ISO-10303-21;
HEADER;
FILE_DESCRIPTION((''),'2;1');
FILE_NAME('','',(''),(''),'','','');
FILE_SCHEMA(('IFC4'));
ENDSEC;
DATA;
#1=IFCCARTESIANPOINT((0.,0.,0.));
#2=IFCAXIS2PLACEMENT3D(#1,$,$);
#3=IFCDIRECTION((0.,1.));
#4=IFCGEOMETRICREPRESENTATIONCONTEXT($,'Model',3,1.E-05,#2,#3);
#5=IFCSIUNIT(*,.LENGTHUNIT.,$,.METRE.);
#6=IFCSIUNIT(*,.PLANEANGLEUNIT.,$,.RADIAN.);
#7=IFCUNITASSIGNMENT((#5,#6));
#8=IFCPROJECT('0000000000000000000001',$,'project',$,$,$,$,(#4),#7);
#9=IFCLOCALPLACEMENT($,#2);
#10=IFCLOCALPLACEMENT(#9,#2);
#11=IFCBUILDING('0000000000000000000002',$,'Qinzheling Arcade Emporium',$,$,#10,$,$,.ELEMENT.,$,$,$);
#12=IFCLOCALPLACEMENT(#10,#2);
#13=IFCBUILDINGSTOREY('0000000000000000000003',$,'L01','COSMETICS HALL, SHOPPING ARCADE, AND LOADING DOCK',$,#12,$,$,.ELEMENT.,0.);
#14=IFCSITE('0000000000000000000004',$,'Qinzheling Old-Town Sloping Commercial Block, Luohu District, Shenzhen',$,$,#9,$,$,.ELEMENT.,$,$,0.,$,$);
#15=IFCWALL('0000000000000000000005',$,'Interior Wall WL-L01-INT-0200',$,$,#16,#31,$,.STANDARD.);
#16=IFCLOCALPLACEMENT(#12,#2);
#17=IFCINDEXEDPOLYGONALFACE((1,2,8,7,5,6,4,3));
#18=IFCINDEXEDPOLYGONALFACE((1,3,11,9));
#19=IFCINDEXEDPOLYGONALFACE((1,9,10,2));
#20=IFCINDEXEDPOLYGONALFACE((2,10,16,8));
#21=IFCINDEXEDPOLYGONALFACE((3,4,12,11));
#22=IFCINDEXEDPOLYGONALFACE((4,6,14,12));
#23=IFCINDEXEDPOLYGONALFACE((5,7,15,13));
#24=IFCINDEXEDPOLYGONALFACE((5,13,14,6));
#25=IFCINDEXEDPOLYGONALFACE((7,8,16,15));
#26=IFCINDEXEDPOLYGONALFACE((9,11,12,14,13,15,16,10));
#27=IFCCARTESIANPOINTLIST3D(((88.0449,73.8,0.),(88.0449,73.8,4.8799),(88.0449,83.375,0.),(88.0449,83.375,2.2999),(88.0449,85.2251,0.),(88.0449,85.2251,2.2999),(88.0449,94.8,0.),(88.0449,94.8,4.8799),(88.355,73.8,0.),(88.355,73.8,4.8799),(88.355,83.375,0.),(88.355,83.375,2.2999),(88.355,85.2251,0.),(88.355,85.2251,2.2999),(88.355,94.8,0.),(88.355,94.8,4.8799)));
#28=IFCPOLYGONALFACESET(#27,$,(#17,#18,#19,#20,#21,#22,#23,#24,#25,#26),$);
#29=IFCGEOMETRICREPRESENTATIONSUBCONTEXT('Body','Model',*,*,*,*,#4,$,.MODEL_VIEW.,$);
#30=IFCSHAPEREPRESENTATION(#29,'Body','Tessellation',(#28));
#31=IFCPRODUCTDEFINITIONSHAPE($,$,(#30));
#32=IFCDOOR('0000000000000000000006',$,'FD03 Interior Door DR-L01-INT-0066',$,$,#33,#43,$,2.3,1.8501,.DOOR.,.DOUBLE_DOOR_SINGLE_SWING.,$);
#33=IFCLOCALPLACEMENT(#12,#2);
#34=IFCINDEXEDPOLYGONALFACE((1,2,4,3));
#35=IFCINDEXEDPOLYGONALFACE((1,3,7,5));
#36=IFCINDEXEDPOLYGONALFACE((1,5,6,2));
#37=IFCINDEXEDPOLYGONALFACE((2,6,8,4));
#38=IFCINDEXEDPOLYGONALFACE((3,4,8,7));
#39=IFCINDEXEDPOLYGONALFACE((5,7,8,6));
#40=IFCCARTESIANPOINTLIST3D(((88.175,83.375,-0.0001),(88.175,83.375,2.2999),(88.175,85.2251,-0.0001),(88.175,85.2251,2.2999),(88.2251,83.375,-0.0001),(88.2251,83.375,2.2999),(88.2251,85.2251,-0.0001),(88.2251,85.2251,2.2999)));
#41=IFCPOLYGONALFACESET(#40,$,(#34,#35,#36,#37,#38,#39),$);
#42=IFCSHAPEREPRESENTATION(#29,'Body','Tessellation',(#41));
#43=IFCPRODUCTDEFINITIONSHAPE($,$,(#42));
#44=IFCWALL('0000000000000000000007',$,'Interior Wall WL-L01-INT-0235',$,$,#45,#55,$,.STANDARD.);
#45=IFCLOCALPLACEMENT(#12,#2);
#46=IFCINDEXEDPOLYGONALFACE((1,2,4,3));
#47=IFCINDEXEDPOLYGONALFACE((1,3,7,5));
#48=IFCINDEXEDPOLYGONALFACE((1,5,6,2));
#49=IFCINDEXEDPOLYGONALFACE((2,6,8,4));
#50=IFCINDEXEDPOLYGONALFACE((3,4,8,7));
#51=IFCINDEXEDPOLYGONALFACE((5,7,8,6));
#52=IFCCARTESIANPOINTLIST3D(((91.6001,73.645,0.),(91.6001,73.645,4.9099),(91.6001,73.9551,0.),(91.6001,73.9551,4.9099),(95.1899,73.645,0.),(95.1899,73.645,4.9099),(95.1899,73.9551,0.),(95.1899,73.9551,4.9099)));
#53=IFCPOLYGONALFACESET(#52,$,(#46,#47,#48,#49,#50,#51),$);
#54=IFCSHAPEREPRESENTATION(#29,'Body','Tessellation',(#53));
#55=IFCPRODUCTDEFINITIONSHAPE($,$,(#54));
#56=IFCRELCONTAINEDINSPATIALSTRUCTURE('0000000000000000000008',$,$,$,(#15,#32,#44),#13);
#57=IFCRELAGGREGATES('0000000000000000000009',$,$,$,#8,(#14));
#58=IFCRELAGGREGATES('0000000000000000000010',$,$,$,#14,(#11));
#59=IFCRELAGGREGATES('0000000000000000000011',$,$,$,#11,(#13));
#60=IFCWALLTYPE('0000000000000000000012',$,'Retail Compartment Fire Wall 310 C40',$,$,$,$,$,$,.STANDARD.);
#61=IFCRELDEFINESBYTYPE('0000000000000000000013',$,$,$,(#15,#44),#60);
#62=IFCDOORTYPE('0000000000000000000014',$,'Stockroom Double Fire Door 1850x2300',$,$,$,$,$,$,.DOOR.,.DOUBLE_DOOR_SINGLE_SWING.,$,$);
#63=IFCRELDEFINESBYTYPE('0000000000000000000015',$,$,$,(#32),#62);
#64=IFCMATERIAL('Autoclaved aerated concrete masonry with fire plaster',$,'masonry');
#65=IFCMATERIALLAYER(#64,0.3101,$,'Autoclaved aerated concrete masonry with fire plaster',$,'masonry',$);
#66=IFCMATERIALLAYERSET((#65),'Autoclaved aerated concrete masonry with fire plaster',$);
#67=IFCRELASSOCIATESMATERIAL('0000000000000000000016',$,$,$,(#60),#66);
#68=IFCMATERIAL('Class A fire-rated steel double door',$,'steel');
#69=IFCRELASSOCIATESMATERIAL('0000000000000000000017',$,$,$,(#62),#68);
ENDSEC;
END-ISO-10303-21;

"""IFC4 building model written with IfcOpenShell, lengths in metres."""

from ifc_helpers import new_model, si_unit, direction, frame, frame_2d, origin, place, context, subcontext, project, spatial, rectangle, extrude, material, layer, layer_set, type_object, element, fill, save


model = new_model("IFC4")

# Units and contexts
model_context = context("Model", 3, precision=1e-05, world=origin(), true_north=direction((0.0, 1.0)))
body_context = subcontext(model_context, "Body", "Model", "MODEL_VIEW")
ifc_project = project(units=[si_unit("LENGTHUNIT", "METRE"), si_unit("PLANEANGLEUNIT", "RADIAN")], contexts=[model_context])

# Site, building, storey
site_placement = place(None, origin())
site = spatial("IfcSite", under=ifc_project, at=site_placement, Name="Qinzheling Old-Town Sloping Commercial Block, Luohu District, Shenzhen", CompositionType="ELEMENT", RefElevation=0.0)
building_placement = place(site_placement, origin())
building = spatial("IfcBuilding", under=site, at=building_placement, Name="Qinzheling Arcade Emporium", CompositionType="ELEMENT")
storey_placement = place(building_placement, origin())
storey = spatial("IfcBuildingStorey", under=building, at=storey_placement, Name="L01", Description="COSMETICS HALL, SHOPPING ARCADE, AND LOADING DOCK", CompositionType="ELEMENT", Elevation=0.0)

# Wall, opening, door
ifc_material_1 = material(Name="Autoclaved aerated concrete masonry with fire plaster", Category="masonry")
ifc_layer_1 = layer(ifc_material_1, 0.3101, Name="Autoclaved aerated concrete masonry with fire plaster", Category="masonry")
ifc_layer_set_1 = layer_set([ifc_layer_1], Name="Autoclaved aerated concrete masonry with fire plaster")
wall_type_1 = type_object("IfcWallType", Name="Retail Compartment Fire Wall 310 C40", PredefinedType="STANDARD", material=ifc_layer_set_1)
wall_1_placement = place(storey_placement, frame((88.2, 73.8, 0.0), z_axis=(0.0, 0.0, 1.0), x_axis=(0.0, 1.0, 0.0)))
wall_1 = element("IfcWall", 1, at=wall_1_placement, inside=storey, type_object=wall_type_1, Name="Interior Wall WL-L01-INT-0200", PredefinedType="STANDARD", context=body_context, shape_type="SweptSolid", body=[
    extrude(rectangle(XDim=21.0, YDim=0.3101, at=frame_2d((10.5, 0.0))), origin(), (0.0, 0.0, 1.0), 4.8799),
])
opening_1_placement = place(wall_1_placement, frame((9.575, 0.0, 0.0)))
opening_1 = element("IfcOpeningElement", 2, at=opening_1_placement, cuts=wall_1, PredefinedType="OPENING", context=body_context, shape_type="SweptSolid", body=[
    extrude(rectangle(XDim=1.8501, YDim=2.3, at=frame_2d((0.925, 1.1499))), frame((0.0, 0.165, 0.0), z_axis=(0.0, -1.0, 0.0), x_axis=(1.0, 0.0, 0.0)), (0.0, 0.0, 1.0), 0.3301),
])
ifc_material_2 = material(Name="Class A fire-rated steel double door", Category="steel")
door_type_1 = type_object("IfcDoorType", Name="Stockroom Double Fire Door 1850x2300", OperationType="DOUBLE_DOOR_SINGLE_SWING", PredefinedType="DOOR", material=ifc_material_2)
door_1_placement = place(opening_1_placement, origin())
door_1 = element("IfcDoor", 3, at=door_1_placement, inside=storey, type_object=door_type_1, Name="FD03 Interior Door DR-L01-INT-0066", OperationType="DOUBLE_DOOR_SINGLE_SWING", OverallHeight=2.3, OverallWidth=1.8501, PredefinedType="DOOR", context=body_context, shape_type="SweptSolid", body=[
    extrude(rectangle(XDim=1.8501, YDim=2.3, at=frame_2d((0.925, 1.1499))), frame((0.0, 0.0249, 0.0), z_axis=(0.0, -1.0, 0.0), x_axis=(1.0, 0.0, 0.0)), (0.0, 0.0, 1.0), 0.05),
])
fill(opening_1, door_1)

# Wall
wall_2_placement = place(storey_placement, frame((91.6001, 73.8, 0.0), z_axis=(0.0, 0.0, 1.0), x_axis=(1.0, 0.0, 0.0)))
element("IfcWall", 4, at=wall_2_placement, inside=storey, type_object=wall_type_1, Name="Interior Wall WL-L01-INT-0235", PredefinedType="STANDARD", context=body_context, shape_type="SweptSolid", body=[
    extrude(rectangle(XDim=3.5898, YDim=0.3101, at=frame_2d((1.7949, 0.0))), origin(), (0.0, 0.0, 1.0), 4.9099),
])

save(model, "model.ifc")
